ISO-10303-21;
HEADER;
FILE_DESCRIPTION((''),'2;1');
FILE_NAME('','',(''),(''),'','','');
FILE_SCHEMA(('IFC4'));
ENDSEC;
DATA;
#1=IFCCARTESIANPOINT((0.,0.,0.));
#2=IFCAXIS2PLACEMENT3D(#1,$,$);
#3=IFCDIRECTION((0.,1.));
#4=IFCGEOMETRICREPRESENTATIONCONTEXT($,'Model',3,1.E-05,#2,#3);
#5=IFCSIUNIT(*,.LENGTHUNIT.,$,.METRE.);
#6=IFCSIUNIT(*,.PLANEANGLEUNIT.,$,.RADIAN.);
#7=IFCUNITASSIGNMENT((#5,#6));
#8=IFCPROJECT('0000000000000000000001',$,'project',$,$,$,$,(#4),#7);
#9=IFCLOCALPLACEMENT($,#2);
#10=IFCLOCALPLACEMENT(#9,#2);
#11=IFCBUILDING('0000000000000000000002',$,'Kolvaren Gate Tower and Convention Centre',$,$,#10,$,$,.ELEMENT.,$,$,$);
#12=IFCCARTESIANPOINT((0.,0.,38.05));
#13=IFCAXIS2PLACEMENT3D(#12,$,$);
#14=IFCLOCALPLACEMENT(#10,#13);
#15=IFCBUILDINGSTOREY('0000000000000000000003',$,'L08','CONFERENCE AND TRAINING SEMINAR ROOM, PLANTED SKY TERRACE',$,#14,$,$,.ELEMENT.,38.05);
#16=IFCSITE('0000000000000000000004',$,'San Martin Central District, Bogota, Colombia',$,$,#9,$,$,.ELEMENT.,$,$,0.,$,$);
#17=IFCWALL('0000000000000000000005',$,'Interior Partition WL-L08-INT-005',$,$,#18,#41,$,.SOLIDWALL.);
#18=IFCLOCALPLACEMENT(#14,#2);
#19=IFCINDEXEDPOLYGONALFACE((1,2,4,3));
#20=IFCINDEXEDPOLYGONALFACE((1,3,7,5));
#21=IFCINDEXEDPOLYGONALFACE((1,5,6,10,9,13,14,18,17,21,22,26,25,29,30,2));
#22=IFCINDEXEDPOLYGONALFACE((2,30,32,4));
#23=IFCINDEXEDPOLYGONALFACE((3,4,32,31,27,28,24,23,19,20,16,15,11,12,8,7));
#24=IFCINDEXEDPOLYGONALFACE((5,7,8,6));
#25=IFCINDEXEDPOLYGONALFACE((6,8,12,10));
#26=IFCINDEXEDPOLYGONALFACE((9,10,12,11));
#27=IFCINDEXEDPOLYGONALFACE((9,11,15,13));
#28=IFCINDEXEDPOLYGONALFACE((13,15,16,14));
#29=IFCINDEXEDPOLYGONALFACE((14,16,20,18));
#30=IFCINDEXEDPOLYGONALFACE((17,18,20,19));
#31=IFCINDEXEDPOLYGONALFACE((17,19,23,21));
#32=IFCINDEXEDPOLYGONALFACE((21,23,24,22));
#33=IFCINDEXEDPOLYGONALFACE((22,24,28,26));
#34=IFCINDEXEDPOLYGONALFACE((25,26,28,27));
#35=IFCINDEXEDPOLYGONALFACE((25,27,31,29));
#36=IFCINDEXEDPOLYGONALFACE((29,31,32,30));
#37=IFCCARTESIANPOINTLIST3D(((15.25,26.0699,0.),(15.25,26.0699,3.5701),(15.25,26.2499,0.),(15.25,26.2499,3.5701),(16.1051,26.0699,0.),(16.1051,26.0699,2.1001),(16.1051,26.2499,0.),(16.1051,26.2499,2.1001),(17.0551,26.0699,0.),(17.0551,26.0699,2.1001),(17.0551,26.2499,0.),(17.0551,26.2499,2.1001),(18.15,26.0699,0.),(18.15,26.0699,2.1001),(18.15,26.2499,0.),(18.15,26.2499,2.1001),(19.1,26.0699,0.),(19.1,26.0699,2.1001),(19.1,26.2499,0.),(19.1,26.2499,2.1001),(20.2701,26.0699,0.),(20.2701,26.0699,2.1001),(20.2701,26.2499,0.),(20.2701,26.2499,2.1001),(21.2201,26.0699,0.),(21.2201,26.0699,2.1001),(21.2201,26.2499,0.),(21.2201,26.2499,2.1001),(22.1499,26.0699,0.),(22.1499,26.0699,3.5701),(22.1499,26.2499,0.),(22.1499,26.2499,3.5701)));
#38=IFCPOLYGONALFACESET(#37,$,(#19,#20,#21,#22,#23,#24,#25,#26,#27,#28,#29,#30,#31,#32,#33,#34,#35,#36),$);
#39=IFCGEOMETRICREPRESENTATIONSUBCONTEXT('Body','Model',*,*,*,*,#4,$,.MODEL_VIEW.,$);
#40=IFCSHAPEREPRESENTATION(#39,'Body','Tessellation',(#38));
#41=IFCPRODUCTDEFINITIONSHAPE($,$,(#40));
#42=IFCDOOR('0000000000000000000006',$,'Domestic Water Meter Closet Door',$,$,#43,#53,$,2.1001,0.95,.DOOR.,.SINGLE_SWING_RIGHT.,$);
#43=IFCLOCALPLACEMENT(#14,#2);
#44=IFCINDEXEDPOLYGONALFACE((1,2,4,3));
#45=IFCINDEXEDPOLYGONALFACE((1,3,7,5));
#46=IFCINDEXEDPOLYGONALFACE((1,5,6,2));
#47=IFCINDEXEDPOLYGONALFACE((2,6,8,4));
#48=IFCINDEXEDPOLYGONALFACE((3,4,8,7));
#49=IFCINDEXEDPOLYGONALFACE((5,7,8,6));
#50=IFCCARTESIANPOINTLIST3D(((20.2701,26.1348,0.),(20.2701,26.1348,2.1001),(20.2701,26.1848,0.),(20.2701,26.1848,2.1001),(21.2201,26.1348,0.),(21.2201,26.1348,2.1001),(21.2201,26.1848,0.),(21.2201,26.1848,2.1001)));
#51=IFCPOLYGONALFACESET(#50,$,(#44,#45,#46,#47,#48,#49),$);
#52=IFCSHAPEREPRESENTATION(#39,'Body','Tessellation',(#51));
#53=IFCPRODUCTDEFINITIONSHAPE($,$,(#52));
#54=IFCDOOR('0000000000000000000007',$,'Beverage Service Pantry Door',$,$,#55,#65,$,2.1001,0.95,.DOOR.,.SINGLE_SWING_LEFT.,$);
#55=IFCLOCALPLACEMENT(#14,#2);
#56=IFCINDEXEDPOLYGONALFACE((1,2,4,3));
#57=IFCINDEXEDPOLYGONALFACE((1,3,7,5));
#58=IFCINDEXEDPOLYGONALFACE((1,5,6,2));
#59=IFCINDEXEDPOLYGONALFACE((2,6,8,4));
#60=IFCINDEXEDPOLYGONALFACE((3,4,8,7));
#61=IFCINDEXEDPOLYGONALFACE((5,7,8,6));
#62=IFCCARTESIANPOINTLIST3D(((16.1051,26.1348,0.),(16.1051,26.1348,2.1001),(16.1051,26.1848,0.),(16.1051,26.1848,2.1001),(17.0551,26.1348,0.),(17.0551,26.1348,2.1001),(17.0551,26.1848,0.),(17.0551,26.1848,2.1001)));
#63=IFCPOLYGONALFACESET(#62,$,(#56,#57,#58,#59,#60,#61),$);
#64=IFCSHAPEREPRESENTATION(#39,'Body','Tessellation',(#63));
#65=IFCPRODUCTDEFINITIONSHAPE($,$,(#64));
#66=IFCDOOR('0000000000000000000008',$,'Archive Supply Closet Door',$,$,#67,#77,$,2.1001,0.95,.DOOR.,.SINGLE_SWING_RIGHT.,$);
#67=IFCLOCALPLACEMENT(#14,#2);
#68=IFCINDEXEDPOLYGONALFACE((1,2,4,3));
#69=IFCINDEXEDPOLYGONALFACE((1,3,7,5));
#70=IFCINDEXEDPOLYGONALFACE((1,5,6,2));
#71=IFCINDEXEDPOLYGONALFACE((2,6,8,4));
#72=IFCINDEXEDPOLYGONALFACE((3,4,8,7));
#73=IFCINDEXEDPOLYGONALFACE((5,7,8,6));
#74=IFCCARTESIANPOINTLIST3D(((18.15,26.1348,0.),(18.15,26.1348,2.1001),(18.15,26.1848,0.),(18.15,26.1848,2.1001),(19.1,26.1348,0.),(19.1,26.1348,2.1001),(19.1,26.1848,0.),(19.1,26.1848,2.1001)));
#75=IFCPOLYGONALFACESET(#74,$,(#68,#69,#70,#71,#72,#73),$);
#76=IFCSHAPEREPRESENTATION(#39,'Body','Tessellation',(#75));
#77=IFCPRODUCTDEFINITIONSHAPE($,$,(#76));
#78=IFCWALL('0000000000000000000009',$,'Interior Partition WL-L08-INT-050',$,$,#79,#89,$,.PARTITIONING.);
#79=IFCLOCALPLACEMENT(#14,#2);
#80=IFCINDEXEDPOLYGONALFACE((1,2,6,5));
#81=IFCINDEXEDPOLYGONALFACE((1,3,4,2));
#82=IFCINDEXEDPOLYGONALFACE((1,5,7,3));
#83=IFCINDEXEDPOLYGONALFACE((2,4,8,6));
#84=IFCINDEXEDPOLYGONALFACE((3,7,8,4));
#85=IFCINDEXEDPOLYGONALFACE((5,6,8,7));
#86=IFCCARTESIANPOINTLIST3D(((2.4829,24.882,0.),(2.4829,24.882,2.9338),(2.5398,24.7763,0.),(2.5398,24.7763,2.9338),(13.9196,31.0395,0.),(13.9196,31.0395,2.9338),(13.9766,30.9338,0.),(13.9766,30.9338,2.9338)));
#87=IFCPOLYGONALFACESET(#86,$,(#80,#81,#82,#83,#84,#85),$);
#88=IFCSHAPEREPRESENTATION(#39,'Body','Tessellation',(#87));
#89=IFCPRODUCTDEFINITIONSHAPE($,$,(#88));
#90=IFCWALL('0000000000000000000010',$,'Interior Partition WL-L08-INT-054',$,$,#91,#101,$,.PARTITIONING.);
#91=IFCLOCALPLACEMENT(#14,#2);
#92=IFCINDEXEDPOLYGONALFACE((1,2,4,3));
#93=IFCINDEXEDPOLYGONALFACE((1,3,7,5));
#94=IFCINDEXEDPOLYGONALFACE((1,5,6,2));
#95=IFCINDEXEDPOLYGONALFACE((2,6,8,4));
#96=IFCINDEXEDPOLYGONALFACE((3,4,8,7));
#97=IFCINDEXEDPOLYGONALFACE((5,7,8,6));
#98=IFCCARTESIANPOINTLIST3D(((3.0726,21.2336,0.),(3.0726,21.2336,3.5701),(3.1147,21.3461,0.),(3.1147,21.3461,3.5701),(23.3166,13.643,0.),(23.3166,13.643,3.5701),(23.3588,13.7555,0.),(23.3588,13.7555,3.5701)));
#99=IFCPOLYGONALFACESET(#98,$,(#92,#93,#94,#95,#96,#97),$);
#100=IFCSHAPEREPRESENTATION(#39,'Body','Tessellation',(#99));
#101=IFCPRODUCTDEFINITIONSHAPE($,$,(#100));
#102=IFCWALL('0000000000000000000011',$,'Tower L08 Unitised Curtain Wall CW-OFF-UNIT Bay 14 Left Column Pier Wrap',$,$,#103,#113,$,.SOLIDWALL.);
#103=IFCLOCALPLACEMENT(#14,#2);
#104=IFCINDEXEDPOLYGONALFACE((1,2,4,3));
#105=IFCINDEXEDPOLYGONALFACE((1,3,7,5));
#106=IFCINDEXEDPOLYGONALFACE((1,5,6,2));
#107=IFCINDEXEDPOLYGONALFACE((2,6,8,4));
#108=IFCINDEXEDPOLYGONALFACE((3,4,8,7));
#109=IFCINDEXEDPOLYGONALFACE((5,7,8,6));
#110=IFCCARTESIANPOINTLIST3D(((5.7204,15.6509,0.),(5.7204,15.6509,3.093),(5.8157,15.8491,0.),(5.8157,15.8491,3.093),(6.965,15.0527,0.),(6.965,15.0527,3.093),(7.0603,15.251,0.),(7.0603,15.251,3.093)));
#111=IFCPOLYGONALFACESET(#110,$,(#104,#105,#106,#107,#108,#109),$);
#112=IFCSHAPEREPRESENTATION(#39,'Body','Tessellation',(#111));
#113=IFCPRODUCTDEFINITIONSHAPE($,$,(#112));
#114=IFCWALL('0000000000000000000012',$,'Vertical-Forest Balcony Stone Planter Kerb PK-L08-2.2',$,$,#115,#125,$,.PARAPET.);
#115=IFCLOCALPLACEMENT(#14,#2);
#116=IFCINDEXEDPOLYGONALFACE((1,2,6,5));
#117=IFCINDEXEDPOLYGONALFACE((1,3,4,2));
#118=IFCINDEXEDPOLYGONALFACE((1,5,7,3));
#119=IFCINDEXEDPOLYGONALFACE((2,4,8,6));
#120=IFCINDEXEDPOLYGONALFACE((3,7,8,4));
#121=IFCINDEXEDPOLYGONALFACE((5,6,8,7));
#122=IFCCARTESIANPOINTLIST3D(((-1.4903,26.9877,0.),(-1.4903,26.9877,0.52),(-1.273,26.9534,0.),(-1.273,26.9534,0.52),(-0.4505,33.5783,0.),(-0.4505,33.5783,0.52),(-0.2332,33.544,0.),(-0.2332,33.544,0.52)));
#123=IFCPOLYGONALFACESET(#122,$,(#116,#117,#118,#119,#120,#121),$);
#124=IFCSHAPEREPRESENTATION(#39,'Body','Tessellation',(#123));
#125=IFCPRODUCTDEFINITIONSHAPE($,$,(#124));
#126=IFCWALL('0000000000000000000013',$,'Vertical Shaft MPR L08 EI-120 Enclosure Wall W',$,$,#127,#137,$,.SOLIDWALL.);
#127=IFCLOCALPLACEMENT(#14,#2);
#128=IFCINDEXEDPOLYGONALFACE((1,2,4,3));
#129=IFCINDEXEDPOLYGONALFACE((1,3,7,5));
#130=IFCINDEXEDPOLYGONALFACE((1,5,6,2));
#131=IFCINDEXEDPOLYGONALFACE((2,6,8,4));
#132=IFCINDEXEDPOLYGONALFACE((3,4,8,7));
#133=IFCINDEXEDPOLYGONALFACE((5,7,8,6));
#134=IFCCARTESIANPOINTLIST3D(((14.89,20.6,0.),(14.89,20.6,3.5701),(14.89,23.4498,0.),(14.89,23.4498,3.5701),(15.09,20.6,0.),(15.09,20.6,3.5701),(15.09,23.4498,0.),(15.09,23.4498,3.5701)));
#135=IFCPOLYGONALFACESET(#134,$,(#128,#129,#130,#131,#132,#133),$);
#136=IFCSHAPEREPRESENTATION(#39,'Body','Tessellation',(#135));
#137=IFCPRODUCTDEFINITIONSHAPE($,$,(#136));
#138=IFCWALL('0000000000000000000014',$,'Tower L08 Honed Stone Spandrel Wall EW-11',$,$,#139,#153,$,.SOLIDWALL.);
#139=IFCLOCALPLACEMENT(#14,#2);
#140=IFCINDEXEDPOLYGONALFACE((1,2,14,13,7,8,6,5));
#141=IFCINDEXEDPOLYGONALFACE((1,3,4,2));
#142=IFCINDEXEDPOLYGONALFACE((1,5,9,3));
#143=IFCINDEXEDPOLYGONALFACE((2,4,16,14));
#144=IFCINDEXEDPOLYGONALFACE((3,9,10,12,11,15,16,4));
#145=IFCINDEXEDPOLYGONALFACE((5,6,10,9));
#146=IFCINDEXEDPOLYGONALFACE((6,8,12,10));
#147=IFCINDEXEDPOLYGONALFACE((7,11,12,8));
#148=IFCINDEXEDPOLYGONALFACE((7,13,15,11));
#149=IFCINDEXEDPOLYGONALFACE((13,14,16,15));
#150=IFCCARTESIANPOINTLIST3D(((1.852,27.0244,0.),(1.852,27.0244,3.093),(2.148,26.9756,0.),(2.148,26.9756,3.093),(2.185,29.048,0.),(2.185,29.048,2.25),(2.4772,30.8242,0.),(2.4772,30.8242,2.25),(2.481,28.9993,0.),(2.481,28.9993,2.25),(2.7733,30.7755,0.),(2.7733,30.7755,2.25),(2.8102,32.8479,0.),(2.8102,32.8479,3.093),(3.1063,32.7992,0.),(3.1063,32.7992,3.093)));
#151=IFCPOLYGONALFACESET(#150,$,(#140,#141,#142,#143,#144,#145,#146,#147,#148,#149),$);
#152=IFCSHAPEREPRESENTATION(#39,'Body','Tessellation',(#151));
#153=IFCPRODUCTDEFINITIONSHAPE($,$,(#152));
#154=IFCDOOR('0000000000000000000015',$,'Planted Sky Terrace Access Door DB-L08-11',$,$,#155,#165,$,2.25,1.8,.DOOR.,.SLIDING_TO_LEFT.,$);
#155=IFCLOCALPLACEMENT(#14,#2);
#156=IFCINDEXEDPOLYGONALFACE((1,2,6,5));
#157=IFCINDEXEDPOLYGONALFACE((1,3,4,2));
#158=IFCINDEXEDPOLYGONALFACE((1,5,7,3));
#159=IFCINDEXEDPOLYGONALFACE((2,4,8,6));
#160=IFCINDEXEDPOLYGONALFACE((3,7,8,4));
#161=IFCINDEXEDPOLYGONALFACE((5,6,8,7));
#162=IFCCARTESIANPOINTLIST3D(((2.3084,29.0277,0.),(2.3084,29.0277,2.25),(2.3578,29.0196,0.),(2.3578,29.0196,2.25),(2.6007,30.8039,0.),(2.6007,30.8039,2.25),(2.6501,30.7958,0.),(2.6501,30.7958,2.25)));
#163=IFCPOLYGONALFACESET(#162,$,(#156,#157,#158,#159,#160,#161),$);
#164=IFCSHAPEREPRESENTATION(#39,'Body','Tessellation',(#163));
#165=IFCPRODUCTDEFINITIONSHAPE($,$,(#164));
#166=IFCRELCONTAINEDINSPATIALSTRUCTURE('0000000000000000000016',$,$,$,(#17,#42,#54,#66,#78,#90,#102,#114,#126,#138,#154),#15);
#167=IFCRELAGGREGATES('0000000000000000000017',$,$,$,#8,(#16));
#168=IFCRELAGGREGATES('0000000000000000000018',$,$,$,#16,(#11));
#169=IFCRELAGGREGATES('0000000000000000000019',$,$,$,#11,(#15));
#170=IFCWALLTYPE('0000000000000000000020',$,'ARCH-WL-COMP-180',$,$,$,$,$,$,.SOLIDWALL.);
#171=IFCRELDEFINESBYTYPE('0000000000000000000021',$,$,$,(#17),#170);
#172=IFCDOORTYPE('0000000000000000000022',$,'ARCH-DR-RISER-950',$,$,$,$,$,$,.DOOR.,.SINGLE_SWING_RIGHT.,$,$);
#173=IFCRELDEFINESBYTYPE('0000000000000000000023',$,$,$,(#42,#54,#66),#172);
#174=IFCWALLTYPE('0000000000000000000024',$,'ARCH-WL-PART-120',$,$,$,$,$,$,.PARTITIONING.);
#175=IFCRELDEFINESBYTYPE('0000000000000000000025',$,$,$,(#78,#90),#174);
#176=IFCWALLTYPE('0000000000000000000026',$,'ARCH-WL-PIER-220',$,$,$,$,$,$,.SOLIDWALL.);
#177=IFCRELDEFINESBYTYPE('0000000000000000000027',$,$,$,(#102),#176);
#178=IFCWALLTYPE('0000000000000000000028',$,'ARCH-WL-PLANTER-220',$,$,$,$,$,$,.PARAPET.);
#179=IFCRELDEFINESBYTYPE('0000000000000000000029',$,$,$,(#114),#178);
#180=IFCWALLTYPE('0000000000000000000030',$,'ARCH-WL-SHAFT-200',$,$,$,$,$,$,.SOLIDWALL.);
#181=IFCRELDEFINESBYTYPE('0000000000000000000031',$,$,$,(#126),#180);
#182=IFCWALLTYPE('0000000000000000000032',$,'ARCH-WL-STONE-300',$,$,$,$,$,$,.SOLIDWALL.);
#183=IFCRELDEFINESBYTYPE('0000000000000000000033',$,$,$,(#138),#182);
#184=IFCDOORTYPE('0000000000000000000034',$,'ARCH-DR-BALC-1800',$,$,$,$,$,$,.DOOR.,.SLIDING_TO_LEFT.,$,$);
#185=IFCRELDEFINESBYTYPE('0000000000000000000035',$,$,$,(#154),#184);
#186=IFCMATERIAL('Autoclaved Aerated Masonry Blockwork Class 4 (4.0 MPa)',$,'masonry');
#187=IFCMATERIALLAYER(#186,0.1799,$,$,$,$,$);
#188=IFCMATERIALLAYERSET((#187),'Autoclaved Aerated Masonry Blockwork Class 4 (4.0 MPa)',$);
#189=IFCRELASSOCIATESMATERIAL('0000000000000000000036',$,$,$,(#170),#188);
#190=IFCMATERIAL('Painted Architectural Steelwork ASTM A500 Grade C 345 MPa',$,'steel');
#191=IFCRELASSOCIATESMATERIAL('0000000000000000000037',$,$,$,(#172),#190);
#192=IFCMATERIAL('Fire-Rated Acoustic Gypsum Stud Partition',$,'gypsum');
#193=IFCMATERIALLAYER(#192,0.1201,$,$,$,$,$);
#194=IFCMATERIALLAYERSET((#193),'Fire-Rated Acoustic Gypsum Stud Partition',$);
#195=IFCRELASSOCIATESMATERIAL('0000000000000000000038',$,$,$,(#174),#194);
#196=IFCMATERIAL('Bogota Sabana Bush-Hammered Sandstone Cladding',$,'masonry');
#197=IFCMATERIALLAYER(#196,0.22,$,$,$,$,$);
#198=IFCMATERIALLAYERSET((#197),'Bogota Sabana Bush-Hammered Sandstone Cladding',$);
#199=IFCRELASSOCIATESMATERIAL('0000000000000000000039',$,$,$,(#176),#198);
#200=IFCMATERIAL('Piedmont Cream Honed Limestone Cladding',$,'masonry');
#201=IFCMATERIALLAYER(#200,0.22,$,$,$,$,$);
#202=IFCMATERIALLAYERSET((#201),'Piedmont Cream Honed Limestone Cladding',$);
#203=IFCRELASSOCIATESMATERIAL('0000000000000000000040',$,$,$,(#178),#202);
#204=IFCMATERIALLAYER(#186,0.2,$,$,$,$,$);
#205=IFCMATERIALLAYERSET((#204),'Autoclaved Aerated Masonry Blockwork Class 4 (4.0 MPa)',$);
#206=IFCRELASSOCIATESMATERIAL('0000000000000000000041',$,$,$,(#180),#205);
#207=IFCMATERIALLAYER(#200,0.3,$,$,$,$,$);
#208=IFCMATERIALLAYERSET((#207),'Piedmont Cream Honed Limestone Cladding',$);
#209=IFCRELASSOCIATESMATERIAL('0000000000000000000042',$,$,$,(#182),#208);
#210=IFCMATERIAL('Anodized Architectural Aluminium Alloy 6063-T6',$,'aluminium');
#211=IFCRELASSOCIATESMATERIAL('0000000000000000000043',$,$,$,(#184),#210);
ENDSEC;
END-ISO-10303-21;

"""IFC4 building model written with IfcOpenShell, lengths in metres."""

from ifc_helpers import new_model, si_unit, direction, frame, frame_2d, origin, place, context, subcontext, project, spatial, rectangle, extrude, material, layer, layer_set, type_object, element, fill, save


model = new_model("IFC4")

# Units and contexts
model_context = context("Model", 3, precision=1e-05, world=origin(), true_north=direction((0.0, 1.0)))
body_context = subcontext(model_context, "Body", "Model", "MODEL_VIEW")
ifc_project = project(units=[si_unit("LENGTHUNIT", "METRE"), si_unit("PLANEANGLEUNIT", "RADIAN")], contexts=[model_context])

# Site, building, storey
site_placement = place(None, origin())
site = spatial("IfcSite", under=ifc_project, at=site_placement, Name="San Martin Central District, Bogota, Colombia", CompositionType="ELEMENT", RefElevation=0.0)
building_placement = place(site_placement, origin())
building = spatial("IfcBuilding", under=site, at=building_placement, Name="Kolvaren Gate Tower and Convention Centre", CompositionType="ELEMENT")
storey_placement = place(building_placement, frame((0.0, 0.0, 38.05)))
storey = spatial("IfcBuildingStorey", under=building, at=storey_placement, Name="L08", Description="CONFERENCE AND TRAINING SEMINAR ROOM, PLANTED SKY TERRACE", CompositionType="ELEMENT", Elevation=38.05)

# Wall, openings, doors
ifc_material_1 = material(Name="Autoclaved Aerated Masonry Blockwork Class 4 (4.0 MPa)", Category="masonry")
ifc_layer_1 = layer(ifc_material_1, 0.1799)
ifc_layer_set_1 = layer_set([ifc_layer_1], Name="Autoclaved Aerated Masonry Blockwork Class 4 (4.0 MPa)")
wall_type_1 = type_object("IfcWallType", Name="ARCH-WL-COMP-180", PredefinedType="SOLIDWALL", material=ifc_layer_set_1)
wall_1_placement = place(storey_placement, frame((15.25, 26.1599, 0.0), z_axis=(0.0, 0.0, 1.0), x_axis=(1.0, 0.0, 0.0)))
wall_1 = element("IfcWall", 1, at=wall_1_placement, inside=storey, type_object=wall_type_1, Name="Interior Partition WL-L08-INT-005", PredefinedType="SOLIDWALL", context=body_context, shape_type="SweptSolid", body=[
    extrude(rectangle(XDim=6.8999, YDim=0.1799, at=frame_2d((3.45, 0.0))), origin(), (0.0, 0.0, 1.0), 3.5701),
])
opening_1_placement = place(wall_1_placement, frame((5.02, 0.0, 0.0)))
opening_1 = element("IfcOpeningElement", 2, at=opening_1_placement, cuts=wall_1, PredefinedType="OPENING", context=body_context, shape_type="SweptSolid", body=[
    extrude(rectangle(XDim=0.95, YDim=2.1001, at=frame_2d((0.4751, 1.05))), frame((0.0, 0.0999, 0.0), z_axis=(0.0, -1.0, 0.0), x_axis=(1.0, 0.0, 0.0)), (0.0, 0.0, 1.0), 0.2),
])
opening_2_placement = place(wall_1_placement, frame((0.855, 0.0, 0.0)))
opening_2 = element("IfcOpeningElement", 3, at=opening_2_placement, cuts=wall_1, PredefinedType="OPENING", context=body_context, shape_type="SweptSolid", body=[
    extrude(rectangle(XDim=0.95, YDim=2.1001, at=frame_2d((0.4751, 1.05))), frame((0.0, 0.0999, 0.0), z_axis=(0.0, -1.0, 0.0), x_axis=(1.0, 0.0, 0.0)), (0.0, 0.0, 1.0), 0.2),
])
opening_3_placement = place(wall_1_placement, frame((2.8999, 0.0, 0.0)))
opening_3 = element("IfcOpeningElement", 4, at=opening_3_placement, cuts=wall_1, PredefinedType="OPENING", context=body_context, shape_type="SweptSolid", body=[
    extrude(rectangle(XDim=0.95, YDim=2.1001, at=frame_2d((0.4751, 1.05))), frame((0.0, 0.0999, 0.0), z_axis=(0.0, -1.0, 0.0), x_axis=(1.0, 0.0, 0.0)), (0.0, 0.0, 1.0), 0.2),
])
ifc_material_2 = material(Name="Painted Architectural Steelwork ASTM A500 Grade C 345 MPa", Category="steel")
door_type_1 = type_object("IfcDoorType", Name="ARCH-DR-RISER-950", OperationType="SINGLE_SWING_RIGHT", PredefinedType="DOOR", material=ifc_material_2)
door_1_placement = place(opening_1_placement, origin())
door_1 = element("IfcDoor", 5, at=door_1_placement, inside=storey, type_object=door_type_1, Name="Domestic Water Meter Closet Door", OperationType="SINGLE_SWING_RIGHT", OverallHeight=2.1001, OverallWidth=0.95, PredefinedType="DOOR", context=body_context, shape_type="SweptSolid", body=[
    extrude(rectangle(XDim=0.95, YDim=2.1001, at=frame_2d((0.4751, 1.05))), frame((0.0, 0.0249, 0.0), z_axis=(0.0, -1.0, 0.0), x_axis=(1.0, 0.0, 0.0)), (0.0, 0.0, 1.0), 0.05),
])
fill(opening_1, door_1)
door_2_placement = place(opening_2_placement, origin())
door_2 = element("IfcDoor", 6, at=door_2_placement, inside=storey, type_object=door_type_1, Name="Beverage Service Pantry Door", OperationType="SINGLE_SWING_LEFT", OverallHeight=2.1001, OverallWidth=0.95, PredefinedType="DOOR", context=body_context, shape_type="SweptSolid", body=[
    extrude(rectangle(XDim=0.95, YDim=2.1001, at=frame_2d((0.4751, 1.05))), frame((0.0, 0.0249, 0.0), z_axis=(0.0, -1.0, 0.0), x_axis=(1.0, 0.0, 0.0)), (0.0, 0.0, 1.0), 0.05),
])
fill(opening_2, door_2)
door_3_placement = place(opening_3_placement, origin())
door_3 = element("IfcDoor", 7, at=door_3_placement, inside=storey, type_object=door_type_1, Name="Archive Supply Closet Door", OperationType="SINGLE_SWING_RIGHT", OverallHeight=2.1001, OverallWidth=0.95, PredefinedType="DOOR", context=body_context, shape_type="SweptSolid", body=[
    extrude(rectangle(XDim=0.95, YDim=2.1001, at=frame_2d((0.4751, 1.05))), frame((0.0, 0.0249, 0.0), z_axis=(0.0, -1.0, 0.0), x_axis=(1.0, 0.0, 0.0)), (0.0, 0.0, 1.0), 0.05),
])
fill(opening_3, door_3)

# Walls
ifc_material_3 = material(Name="Fire-Rated Acoustic Gypsum Stud Partition", Category="gypsum")
ifc_layer_2 = layer(ifc_material_3, 0.1201)
ifc_layer_set_2 = layer_set([ifc_layer_2], Name="Fire-Rated Acoustic Gypsum Stud Partition")
wall_type_2 = type_object("IfcWallType", Name="ARCH-WL-PART-120", PredefinedType="PARTITIONING", material=ifc_layer_set_2)
wall_2_placement = place(storey_placement, frame((2.5112, 24.8291, 0.0), z_axis=(0.0, 0.0, 1.0), x_axis=(0.880496, 0.474053, 0.0)))
element("IfcWall", 8, at=wall_2_placement, inside=storey, type_object=wall_type_2, Name="Interior Partition WL-L08-INT-050", PredefinedType="PARTITIONING", context=body_context, shape_type="SweptSolid", body=[
    extrude(rectangle(XDim=12.989, YDim=0.1201, at=frame_2d((6.4946, 0.0))), origin(), (0.0, 0.0, 1.0), 2.9338),
])
wall_3_placement = place(storey_placement, frame((3.0938, 21.2898, 0.0), z_axis=(0.0, 0.0, 1.0), x_axis=(0.936344, -0.351084, 0.0)))
element("IfcWall", 9, at=wall_3_placement, inside=storey, type_object=wall_type_2, Name="Interior Partition WL-L08-INT-054", PredefinedType="PARTITIONING", context=body_context, shape_type="SweptSolid", body=[
    extrude(rectangle(XDim=21.6204, YDim=0.1201, at=frame_2d((10.8101, 0.0))), origin(), (0.0, 0.0, 1.0), 3.5701),
])
ifc_material_4 = material(Name="Bogota Sabana Bush-Hammered Sandstone Cladding", Category="masonry")
ifc_layer_3 = layer(ifc_material_4, 0.22)
ifc_layer_set_3 = layer_set([ifc_layer_3], Name="Bogota Sabana Bush-Hammered Sandstone Cladding")
wall_type_3 = type_object("IfcWallType", Name="ARCH-WL-PIER-220", PredefinedType="SOLIDWALL", material=ifc_layer_set_3)
wall_4_placement = place(storey_placement, frame((5.7681, 15.75, 0.0), z_axis=(0.0, 0.0, 1.0), x_axis=(0.901319, -0.433156, 0.0)))
element("IfcWall", 10, at=wall_4_placement, inside=storey, type_object=wall_type_3, Name="Tower L08 Unitised Curtain Wall CW-OFF-UNIT Bay 14 Left Column Pier Wrap", PredefinedType="SOLIDWALL", context=body_context, shape_type="SweptSolid", body=[
    extrude(rectangle(XDim=1.3809, YDim=0.22, at=frame_2d((0.6904, 0.0))), origin(), (0.0, 0.0, 1.0), 3.093),
])
ifc_material_5 = material(Name="Piedmont Cream Honed Limestone Cladding", Category="masonry")
ifc_layer_4 = layer(ifc_material_5, 0.22)
ifc_layer_set_4 = layer_set([ifc_layer_4], Name="Piedmont Cream Honed Limestone Cladding")
wall_type_4 = type_object("IfcWallType", Name="ARCH-WL-PLANTER-220", PredefinedType="PARAPET", material=ifc_layer_set_4)
wall_5_placement = place(storey_placement, frame((-1.3816, 26.9707, 0.0), z_axis=(0.0, 0.0, 1.0), x_axis=(0.155842, 0.987782, 0.0)))
element("IfcWall", 11, at=wall_5_placement, inside=storey, type_object=wall_type_4, Name="Vertical-Forest Balcony Stone Planter Kerb PK-L08-2.2", PredefinedType="PARAPET", context=body_context, shape_type="SweptSolid", body=[
    extrude(rectangle(XDim=6.6721, YDim=0.22, at=frame_2d((3.3359, 0.0))), origin(), (0.0, 0.0, 1.0), 0.52),
])
ifc_layer_5 = layer(ifc_material_1, 0.2)
ifc_layer_set_5 = layer_set([ifc_layer_5], Name="Autoclaved Aerated Masonry Blockwork Class 4 (4.0 MPa)")
wall_type_5 = type_object("IfcWallType", Name="ARCH-WL-SHAFT-200", PredefinedType="SOLIDWALL", material=ifc_layer_set_5)
wall_6_placement = place(storey_placement, frame((14.99, 20.6001, 0.0), z_axis=(0.0, 0.0, 1.0), x_axis=(0.0, 1.0, 0.0)))
element("IfcWall", 12, at=wall_6_placement, inside=storey, type_object=wall_type_5, Name="Vertical Shaft MPR L08 EI-120 Enclosure Wall W", PredefinedType="SOLIDWALL", context=body_context, shape_type="SweptSolid", body=[
    extrude(rectangle(XDim=2.8499, YDim=0.2, at=frame_2d((1.4248, 0.0))), origin(), (0.0, 0.0, 1.0), 3.5701),
])

# Wall, opening, door
ifc_layer_6 = layer(ifc_material_5, 0.3)
ifc_layer_set_6 = layer_set([ifc_layer_6], Name="Piedmont Cream Honed Limestone Cladding")
wall_type_6 = type_object("IfcWallType", Name="ARCH-WL-STONE-300", PredefinedType="SOLIDWALL", material=ifc_layer_set_6)
wall_7_placement = place(storey_placement, frame((2.0, 27.0, 0.0), z_axis=(0.0, 0.0, 1.0), x_axis=(0.162366, 0.986731, 0.0)))
wall_7 = element("IfcWall", 13, at=wall_7_placement, inside=storey, type_object=wall_type_6, Name="Tower L08 Honed Stone Spandrel Wall EW-11", PredefinedType="SOLIDWALL", context=body_context, shape_type="SweptSolid", body=[
    extrude(rectangle(XDim=5.9019, YDim=0.3, at=frame_2d((2.9509, 0.0))), origin(), (0.0, 0.0, 1.0), 3.093),
])
opening_4_placement = place(wall_7_placement, frame((2.051, 0.0, 0.0)))
opening_4 = element("IfcOpeningElement", 14, at=opening_4_placement, cuts=wall_7, PredefinedType="OPENING", context=body_context, shape_type="SweptSolid", body=[
    extrude(rectangle(XDim=1.8, YDim=2.25, at=frame_2d((0.8999, 1.125))), frame((0.0, 0.1599, 0.0), z_axis=(0.0, -1.0, 0.0), x_axis=(1.0, 0.0, 0.0)), (0.0, 0.0, 1.0), 0.3201),
])
ifc_material_6 = material(Name="Anodized Architectural Aluminium Alloy 6063-T6", Category="aluminium")
door_type_2 = type_object("IfcDoorType", Name="ARCH-DR-BALC-1800", OperationType="SLIDING_TO_LEFT", PredefinedType="DOOR", material=ifc_material_6)
door_4_placement = place(opening_4_placement, origin())
door_4 = element("IfcDoor", 15, at=door_4_placement, inside=storey, type_object=door_type_2, Name="Planted Sky Terrace Access Door DB-L08-11", OperationType="SLIDING_TO_LEFT", OverallHeight=2.25, OverallWidth=1.8, PredefinedType="DOOR", context=body_context, shape_type="SweptSolid", body=[
    extrude(rectangle(XDim=1.8, YDim=2.25, at=frame_2d((0.8999, 1.125))), frame((0.0, 0.0249, 0.0), z_axis=(0.0, -1.0, 0.0), x_axis=(1.0, 0.0, 0.0)), (0.0, 0.0, 1.0), 0.05),
])
fill(opening_4, door_4)

save(model, "model.ifc")
